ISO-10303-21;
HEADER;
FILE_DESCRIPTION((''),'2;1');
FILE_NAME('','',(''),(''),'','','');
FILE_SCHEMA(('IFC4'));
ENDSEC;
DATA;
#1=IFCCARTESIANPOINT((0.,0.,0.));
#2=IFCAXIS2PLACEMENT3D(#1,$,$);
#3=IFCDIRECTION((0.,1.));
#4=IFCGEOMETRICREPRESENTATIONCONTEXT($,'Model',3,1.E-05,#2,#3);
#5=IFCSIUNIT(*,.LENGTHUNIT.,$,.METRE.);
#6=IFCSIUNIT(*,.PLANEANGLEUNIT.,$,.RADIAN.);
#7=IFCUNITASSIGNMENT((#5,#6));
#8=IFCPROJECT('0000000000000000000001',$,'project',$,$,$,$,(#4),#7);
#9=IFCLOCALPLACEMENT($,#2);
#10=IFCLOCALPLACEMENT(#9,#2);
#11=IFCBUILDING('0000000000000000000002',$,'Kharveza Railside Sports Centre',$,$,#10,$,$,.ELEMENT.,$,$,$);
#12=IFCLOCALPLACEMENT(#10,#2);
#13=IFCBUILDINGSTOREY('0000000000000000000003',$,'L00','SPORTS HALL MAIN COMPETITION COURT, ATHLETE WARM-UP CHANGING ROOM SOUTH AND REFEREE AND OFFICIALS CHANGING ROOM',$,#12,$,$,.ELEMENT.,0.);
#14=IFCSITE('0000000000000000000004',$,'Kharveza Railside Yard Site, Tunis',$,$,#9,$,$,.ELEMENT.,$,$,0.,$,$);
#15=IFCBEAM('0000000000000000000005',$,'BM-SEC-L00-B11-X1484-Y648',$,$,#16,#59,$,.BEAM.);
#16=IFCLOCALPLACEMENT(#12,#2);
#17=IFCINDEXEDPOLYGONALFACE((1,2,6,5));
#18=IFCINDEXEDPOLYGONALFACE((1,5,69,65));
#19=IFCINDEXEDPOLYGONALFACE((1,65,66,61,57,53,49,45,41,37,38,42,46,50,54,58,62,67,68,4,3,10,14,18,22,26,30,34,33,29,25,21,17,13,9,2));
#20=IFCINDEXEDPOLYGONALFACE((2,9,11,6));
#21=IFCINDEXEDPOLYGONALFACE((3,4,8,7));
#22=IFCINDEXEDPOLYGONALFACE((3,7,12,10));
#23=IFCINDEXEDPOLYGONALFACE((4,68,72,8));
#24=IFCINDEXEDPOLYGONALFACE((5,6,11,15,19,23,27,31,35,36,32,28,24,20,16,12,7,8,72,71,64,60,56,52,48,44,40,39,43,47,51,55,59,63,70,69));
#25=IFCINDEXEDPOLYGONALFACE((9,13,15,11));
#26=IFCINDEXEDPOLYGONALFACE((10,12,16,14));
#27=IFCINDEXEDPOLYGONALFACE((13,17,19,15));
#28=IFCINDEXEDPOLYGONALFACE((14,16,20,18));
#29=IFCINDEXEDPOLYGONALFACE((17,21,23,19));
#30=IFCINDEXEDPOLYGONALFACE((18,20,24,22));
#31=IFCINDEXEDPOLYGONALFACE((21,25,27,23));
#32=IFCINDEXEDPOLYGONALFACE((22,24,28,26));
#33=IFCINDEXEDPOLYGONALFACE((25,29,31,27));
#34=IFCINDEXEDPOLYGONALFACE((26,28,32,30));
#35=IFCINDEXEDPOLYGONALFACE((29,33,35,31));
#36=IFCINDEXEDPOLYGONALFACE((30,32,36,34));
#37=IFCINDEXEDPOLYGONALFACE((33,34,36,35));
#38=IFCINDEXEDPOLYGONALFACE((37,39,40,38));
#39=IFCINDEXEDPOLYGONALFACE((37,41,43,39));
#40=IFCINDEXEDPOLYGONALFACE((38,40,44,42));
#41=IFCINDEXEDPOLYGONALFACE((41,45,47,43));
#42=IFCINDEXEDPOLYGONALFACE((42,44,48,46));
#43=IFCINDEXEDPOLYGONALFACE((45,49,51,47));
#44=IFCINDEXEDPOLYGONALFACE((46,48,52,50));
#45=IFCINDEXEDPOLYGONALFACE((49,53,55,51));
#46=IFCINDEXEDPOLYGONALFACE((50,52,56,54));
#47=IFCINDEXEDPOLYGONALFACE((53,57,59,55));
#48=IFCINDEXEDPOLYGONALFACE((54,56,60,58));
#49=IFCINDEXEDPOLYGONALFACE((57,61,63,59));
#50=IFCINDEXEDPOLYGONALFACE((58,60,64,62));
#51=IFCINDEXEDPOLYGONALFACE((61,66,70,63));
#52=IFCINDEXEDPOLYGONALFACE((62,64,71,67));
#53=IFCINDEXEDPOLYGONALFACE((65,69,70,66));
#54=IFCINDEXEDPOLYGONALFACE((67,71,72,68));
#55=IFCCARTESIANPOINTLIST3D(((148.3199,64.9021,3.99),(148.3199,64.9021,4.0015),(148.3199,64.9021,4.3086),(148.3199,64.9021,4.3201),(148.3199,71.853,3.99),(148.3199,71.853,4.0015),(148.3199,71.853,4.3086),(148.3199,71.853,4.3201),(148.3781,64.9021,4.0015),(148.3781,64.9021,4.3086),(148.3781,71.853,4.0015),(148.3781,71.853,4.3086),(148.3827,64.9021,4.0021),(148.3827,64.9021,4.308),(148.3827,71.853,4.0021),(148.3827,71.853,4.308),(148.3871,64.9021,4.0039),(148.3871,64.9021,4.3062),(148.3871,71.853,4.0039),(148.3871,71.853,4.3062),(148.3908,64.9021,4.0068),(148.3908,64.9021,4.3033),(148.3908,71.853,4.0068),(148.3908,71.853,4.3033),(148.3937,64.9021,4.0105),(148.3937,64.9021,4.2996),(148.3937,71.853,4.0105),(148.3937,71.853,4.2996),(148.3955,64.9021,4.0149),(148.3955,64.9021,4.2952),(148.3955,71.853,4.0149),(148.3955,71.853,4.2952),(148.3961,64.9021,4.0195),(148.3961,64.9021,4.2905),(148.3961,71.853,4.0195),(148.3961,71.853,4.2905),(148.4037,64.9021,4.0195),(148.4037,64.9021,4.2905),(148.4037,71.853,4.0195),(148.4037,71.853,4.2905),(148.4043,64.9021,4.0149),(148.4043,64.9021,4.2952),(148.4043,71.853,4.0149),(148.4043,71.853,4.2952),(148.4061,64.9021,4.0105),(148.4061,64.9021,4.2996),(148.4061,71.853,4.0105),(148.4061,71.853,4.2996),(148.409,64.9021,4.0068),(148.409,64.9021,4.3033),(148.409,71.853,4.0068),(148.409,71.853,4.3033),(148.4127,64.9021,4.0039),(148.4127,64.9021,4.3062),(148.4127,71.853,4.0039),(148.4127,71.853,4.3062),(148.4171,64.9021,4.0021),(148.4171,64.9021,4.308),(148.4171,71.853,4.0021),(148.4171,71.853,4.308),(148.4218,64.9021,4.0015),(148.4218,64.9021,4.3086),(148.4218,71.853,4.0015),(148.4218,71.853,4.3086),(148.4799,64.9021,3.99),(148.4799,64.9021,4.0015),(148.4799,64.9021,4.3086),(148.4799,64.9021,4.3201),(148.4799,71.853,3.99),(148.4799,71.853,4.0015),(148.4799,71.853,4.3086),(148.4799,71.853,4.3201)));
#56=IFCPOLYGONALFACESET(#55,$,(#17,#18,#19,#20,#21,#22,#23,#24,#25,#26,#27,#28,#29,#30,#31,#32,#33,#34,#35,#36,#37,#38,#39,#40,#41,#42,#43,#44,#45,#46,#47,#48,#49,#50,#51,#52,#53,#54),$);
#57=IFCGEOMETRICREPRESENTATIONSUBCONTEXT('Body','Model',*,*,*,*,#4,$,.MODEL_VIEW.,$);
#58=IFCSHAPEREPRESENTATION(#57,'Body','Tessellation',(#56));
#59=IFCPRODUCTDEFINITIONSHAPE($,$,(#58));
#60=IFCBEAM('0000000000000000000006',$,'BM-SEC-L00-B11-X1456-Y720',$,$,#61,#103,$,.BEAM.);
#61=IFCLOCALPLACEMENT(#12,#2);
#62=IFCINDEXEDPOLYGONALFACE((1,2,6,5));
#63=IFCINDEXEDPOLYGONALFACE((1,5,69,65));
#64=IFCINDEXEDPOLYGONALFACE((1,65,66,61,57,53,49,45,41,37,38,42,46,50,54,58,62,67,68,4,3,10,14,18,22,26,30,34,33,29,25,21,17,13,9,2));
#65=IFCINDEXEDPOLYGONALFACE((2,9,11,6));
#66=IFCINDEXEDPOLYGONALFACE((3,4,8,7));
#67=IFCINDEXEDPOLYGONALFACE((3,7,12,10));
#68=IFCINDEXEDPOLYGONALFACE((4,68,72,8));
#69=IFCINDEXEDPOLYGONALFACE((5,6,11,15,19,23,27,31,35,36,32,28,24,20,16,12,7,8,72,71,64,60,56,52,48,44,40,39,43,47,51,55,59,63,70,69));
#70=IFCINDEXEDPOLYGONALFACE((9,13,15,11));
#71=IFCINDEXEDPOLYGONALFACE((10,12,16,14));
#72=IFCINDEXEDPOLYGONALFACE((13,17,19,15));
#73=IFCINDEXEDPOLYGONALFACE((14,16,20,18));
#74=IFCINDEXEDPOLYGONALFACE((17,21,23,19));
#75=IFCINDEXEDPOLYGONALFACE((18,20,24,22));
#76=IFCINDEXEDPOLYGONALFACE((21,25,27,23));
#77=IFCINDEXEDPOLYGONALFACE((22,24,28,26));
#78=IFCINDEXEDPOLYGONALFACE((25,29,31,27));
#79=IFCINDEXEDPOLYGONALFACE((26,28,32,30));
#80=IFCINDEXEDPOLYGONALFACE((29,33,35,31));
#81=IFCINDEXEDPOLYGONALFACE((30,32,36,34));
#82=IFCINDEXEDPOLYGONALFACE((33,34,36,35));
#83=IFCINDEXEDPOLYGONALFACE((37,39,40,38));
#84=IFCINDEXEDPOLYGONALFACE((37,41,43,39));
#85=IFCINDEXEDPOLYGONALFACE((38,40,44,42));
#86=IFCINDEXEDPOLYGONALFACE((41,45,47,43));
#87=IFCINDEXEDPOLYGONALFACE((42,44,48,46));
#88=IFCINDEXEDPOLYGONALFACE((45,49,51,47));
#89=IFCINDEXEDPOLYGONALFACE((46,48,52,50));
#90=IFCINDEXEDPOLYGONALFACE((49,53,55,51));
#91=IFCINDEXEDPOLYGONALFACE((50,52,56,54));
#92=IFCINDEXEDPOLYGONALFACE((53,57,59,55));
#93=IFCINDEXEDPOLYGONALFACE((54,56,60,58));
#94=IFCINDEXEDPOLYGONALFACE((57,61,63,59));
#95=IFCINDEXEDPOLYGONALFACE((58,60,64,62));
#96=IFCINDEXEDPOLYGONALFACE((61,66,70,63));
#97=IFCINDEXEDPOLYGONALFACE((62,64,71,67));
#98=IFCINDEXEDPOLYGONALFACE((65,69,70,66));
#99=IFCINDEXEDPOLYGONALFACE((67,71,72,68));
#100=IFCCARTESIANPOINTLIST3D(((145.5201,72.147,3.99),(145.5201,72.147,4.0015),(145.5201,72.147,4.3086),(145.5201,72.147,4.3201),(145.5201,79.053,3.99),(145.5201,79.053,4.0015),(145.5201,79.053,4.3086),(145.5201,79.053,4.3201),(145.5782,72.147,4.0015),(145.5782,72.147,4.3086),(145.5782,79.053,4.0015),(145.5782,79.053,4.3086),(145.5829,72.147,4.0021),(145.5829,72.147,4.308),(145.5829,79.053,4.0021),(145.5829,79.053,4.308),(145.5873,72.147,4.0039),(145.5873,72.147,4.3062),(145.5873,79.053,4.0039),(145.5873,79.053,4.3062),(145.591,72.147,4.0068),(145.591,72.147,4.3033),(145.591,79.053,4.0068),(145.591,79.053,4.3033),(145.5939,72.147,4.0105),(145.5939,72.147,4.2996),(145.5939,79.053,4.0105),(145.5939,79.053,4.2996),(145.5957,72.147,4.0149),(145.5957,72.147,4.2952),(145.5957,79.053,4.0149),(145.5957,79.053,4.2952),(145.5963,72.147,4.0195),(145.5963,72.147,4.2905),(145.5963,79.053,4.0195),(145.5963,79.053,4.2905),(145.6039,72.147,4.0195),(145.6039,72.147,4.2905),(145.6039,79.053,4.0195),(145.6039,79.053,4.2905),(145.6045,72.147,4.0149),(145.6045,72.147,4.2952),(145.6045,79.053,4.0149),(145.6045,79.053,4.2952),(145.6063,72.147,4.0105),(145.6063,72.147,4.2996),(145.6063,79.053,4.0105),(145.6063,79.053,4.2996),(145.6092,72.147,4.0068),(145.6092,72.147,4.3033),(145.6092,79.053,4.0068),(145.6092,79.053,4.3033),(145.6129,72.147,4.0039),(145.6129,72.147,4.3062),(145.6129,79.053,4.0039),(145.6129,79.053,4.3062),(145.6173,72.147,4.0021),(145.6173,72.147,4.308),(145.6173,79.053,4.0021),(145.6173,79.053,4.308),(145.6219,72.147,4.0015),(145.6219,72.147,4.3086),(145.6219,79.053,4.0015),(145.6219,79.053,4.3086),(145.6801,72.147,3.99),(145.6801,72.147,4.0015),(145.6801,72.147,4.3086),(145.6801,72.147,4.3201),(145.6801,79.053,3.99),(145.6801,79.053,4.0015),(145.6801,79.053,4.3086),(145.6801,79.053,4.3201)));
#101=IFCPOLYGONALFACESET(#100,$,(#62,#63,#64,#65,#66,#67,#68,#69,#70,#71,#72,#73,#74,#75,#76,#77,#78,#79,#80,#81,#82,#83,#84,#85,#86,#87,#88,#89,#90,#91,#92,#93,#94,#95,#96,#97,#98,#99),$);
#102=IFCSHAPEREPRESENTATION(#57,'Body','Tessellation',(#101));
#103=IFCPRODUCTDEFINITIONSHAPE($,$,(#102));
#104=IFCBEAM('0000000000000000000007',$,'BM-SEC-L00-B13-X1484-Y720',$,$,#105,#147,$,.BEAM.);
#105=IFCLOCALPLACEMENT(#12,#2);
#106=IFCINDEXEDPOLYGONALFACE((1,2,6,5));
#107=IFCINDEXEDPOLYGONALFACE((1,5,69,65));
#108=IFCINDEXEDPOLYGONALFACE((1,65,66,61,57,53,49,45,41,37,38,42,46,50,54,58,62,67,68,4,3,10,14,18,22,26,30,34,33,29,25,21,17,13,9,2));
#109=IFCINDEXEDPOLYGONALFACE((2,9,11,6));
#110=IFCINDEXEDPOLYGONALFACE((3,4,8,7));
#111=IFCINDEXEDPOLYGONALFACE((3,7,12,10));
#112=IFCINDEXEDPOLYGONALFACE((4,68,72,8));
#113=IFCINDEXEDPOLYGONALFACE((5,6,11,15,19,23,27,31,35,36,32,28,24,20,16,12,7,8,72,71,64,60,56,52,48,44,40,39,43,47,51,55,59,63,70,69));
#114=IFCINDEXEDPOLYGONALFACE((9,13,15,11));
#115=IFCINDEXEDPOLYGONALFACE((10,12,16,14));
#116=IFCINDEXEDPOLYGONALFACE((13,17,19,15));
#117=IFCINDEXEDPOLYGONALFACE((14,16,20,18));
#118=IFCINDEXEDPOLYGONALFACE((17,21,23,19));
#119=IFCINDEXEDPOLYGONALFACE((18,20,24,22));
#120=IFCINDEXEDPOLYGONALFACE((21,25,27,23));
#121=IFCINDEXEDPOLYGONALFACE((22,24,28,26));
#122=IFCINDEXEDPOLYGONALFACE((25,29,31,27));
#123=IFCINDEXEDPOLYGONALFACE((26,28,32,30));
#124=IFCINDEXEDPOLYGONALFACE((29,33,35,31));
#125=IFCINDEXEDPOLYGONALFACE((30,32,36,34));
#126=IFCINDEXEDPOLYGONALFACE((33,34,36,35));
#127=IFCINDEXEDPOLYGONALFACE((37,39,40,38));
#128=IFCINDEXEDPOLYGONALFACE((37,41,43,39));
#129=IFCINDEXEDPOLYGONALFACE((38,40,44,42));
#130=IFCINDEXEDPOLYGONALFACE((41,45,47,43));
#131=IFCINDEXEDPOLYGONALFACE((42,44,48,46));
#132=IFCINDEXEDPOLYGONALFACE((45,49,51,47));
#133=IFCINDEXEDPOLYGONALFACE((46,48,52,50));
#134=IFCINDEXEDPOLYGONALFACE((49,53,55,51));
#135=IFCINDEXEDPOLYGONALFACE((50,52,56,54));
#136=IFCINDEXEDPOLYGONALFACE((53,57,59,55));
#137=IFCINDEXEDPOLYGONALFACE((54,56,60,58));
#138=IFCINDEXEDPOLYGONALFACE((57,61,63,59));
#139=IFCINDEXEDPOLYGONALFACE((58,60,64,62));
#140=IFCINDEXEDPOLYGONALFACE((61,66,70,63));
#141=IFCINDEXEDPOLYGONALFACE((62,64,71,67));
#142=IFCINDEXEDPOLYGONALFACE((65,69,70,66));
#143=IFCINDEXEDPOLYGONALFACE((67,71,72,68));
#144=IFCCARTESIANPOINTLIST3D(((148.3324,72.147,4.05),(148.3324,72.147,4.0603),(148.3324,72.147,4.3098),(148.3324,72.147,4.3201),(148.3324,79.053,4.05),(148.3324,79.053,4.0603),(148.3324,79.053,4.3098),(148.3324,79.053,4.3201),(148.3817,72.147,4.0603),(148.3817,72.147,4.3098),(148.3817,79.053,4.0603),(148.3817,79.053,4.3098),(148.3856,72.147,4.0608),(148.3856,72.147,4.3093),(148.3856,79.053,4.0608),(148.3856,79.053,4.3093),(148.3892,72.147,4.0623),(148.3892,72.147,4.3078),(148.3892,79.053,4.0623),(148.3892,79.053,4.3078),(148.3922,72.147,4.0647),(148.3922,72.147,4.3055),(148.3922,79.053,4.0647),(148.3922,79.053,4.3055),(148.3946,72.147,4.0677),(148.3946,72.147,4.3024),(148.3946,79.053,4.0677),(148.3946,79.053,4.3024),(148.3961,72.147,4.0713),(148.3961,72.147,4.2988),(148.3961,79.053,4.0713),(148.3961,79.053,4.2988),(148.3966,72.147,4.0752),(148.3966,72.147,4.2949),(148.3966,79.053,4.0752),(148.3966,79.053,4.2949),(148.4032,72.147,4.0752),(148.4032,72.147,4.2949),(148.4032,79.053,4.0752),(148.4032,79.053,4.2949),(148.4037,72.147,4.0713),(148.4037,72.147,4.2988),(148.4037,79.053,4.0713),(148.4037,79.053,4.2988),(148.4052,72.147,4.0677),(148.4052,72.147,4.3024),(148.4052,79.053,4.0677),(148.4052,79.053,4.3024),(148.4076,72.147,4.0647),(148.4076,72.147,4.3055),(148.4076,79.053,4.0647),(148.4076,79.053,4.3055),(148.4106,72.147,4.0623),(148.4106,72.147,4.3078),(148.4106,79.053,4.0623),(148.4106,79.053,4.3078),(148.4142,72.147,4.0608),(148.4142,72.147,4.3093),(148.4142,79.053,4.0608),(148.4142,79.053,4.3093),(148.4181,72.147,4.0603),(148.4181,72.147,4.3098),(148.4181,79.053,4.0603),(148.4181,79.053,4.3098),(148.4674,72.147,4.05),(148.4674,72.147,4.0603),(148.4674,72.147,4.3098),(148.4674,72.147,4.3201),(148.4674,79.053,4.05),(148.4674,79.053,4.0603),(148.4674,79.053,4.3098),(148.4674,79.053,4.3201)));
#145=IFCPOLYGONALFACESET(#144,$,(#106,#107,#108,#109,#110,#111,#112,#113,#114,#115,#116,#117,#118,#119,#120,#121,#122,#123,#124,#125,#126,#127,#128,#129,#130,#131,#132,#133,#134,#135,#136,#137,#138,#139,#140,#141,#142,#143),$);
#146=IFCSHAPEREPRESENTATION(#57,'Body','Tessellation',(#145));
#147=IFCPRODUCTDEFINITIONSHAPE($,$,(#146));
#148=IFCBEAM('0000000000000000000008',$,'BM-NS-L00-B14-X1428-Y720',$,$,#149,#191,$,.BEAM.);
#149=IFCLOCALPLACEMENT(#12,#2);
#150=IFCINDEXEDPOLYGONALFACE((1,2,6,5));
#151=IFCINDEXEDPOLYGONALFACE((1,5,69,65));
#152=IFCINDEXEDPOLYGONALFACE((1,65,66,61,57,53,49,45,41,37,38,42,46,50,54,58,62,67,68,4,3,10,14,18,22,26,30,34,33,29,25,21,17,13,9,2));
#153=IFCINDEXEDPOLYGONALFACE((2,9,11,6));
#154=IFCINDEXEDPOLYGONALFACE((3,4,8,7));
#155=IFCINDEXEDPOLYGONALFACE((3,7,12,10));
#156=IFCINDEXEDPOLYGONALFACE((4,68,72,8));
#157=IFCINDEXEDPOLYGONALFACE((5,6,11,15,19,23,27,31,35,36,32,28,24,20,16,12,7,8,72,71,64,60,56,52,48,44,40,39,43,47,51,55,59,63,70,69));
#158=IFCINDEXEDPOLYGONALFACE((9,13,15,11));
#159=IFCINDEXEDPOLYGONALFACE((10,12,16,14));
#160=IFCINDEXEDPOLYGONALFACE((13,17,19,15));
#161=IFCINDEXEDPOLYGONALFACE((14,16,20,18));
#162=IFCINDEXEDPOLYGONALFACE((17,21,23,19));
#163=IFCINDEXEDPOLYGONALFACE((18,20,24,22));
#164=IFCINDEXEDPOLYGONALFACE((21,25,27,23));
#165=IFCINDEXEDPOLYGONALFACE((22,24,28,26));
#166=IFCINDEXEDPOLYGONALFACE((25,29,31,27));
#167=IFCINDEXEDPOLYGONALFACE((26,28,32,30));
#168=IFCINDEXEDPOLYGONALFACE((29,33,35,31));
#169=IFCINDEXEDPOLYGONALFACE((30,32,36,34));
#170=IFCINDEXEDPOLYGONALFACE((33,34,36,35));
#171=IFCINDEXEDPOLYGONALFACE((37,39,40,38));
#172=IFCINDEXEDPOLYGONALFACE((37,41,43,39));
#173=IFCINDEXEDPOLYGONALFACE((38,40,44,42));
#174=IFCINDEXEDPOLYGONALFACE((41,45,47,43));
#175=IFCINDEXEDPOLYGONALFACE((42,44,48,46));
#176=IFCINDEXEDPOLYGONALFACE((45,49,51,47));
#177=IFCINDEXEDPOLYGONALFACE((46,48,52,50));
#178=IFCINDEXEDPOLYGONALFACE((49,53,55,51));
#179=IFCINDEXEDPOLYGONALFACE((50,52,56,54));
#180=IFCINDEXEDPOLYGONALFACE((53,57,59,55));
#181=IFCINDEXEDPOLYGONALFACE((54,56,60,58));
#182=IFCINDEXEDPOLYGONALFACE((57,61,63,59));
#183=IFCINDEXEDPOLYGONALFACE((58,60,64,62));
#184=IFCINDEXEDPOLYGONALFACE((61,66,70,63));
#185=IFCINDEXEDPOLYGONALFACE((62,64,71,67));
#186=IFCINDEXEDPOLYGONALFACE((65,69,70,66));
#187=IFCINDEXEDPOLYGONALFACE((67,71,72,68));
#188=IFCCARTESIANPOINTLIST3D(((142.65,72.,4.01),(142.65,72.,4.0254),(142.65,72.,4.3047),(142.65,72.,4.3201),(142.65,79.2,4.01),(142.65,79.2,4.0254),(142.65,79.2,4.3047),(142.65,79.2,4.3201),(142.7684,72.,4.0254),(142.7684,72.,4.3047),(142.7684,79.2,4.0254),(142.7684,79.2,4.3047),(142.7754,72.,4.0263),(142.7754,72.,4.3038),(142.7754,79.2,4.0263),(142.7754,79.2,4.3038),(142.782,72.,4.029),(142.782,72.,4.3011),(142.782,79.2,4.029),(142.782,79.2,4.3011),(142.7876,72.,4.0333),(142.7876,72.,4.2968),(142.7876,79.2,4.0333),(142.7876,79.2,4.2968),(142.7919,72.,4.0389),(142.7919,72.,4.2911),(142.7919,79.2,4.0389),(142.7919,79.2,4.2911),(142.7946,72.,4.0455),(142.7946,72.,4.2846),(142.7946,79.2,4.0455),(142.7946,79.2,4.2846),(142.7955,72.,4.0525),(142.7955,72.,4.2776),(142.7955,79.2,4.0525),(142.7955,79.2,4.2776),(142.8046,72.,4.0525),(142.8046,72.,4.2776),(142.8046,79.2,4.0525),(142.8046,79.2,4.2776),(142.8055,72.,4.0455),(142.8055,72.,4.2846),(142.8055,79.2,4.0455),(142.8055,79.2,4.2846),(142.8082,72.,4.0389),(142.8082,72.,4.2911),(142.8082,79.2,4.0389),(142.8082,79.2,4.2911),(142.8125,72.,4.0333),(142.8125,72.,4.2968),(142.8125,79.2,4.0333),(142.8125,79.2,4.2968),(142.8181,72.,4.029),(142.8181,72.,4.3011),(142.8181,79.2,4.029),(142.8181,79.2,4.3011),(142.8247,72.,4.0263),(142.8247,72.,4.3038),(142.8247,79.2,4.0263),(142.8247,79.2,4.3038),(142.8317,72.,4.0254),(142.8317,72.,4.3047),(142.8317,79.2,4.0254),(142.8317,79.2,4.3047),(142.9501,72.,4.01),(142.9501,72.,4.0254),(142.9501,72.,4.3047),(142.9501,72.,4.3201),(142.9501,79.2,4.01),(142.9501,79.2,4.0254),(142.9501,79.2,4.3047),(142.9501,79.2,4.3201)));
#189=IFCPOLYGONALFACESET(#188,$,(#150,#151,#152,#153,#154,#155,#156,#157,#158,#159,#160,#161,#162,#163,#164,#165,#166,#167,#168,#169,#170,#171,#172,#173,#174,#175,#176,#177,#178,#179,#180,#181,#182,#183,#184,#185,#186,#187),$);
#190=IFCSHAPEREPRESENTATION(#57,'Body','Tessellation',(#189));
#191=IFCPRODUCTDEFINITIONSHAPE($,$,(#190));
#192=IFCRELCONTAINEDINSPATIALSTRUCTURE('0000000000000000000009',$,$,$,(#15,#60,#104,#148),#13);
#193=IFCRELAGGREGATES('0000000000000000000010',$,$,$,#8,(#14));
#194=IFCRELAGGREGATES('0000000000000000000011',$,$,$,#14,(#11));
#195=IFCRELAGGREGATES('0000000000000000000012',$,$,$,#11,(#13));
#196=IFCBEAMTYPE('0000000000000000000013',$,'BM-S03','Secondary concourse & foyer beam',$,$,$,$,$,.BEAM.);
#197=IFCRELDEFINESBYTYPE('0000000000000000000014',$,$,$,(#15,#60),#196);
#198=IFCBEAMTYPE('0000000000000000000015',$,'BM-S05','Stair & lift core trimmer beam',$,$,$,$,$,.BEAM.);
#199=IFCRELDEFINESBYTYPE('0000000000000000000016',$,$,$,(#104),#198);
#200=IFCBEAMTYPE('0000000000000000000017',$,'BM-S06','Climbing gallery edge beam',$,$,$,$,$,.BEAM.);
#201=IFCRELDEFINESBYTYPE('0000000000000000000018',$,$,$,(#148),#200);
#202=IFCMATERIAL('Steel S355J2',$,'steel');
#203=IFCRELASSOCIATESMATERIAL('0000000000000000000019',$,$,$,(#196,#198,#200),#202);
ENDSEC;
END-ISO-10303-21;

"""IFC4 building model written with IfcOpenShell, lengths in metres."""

from ifc_helpers import new_model, si_unit, direction, frame, origin, origin_2d, place, context, subcontext, project, spatial, i_section, extrude, material, material_profile, profile_set, type_object, element, save


model = new_model("IFC4")

# Units and contexts
model_context = context("Model", 3, precision=1e-05, world=origin(), true_north=direction((0.0, 1.0)))
body_context = subcontext(model_context, "Body", "Model", "MODEL_VIEW")
ifc_project = project(units=[si_unit("LENGTHUNIT", "METRE"), si_unit("PLANEANGLEUNIT", "RADIAN")], contexts=[model_context])

# Site, building, storey
site_placement = place(None, origin())
site = spatial("IfcSite", under=ifc_project, at=site_placement, Name="Kharveza Railside Yard Site, Tunis", CompositionType="ELEMENT", RefElevation=0.0)
building_placement = place(site_placement, origin())
building = spatial("IfcBuilding", under=site, at=building_placement, Name="Kharveza Railside Sports Centre", CompositionType="ELEMENT")
storey_placement = place(building_placement, origin())
storey = spatial("IfcBuildingStorey", under=building, at=storey_placement, Name="L00", Description="SPORTS HALL MAIN COMPETITION COURT, ATHLETE WARM-UP CHANGING ROOM SOUTH AND REFEREE AND OFFICIALS CHANGING ROOM", CompositionType="ELEMENT", Elevation=0.0)

# Shared definitions
ifc_material_1 = material(Name="Steel S355J2", Category="steel")

# Beams
ifc_material_profile_1 = material_profile(ifc_material_1, i_section(OverallWidth=0.1599, OverallDepth=0.3301, WebThickness=0.0076, FlangeThickness=0.0115, FilletRadius=0.0181, at=origin_2d()), Name="IPE 330")
ifc_profile_set_1 = profile_set([ifc_material_profile_1], Name="Steel S355J2")
beam_type_1 = type_object("IfcBeamType", Name="BM-S03", Description="Secondary concourse & foyer beam", PredefinedType="BEAM", material=ifc_profile_set_1)
beam_1_placement = place(storey_placement, frame((148.3999, 64.9021, 4.155), z_axis=(0.0, 1.0, 0.0), x_axis=(-1.0, 0.0, 0.0)))
element("IfcBeam", 1, at=beam_1_placement, inside=storey, type_object=beam_type_1, Name="BM-SEC-L00-B11-X1484-Y648", PredefinedType="BEAM", context=body_context, shape_type="SweptSolid", body=[
    extrude(i_section(OverallWidth=0.1599, OverallDepth=0.3301, WebThickness=0.0076, FlangeThickness=0.0115, FilletRadius=0.0181, at=origin_2d()), origin(), (0.0, 0.0, 1.0), 6.9509),
])
beam_2_placement = place(storey_placement, frame((145.6001, 72.147, 4.155), z_axis=(0.0, 1.0, 0.0), x_axis=(-1.0, 0.0, 0.0)))
element("IfcBeam", 2, at=beam_2_placement, inside=storey, type_object=beam_type_1, Name="BM-SEC-L00-B11-X1456-Y720", PredefinedType="BEAM", context=body_context, shape_type="SweptSolid", body=[
    extrude(i_section(OverallWidth=0.1599, OverallDepth=0.3301, WebThickness=0.0076, FlangeThickness=0.0115, FilletRadius=0.0181, at=origin_2d()), origin(), (0.0, 0.0, 1.0), 6.906),
])
ifc_material_profile_2 = material_profile(ifc_material_1, i_section(OverallWidth=0.135, OverallDepth=0.27, WebThickness=0.0066, FlangeThickness=0.0103, FilletRadius=0.0149, at=origin_2d()), Name="IPE 270")
ifc_profile_set_2 = profile_set([ifc_material_profile_2], Name="Steel S355J2")
beam_type_2 = type_object("IfcBeamType", Name="BM-S05", Description="Stair & lift core trimmer beam", PredefinedType="BEAM", material=ifc_profile_set_2)
beam_3_placement = place(storey_placement, frame((148.3999, 72.147, 4.1851), z_axis=(0.0, 1.0, 0.0), x_axis=(-1.0, 0.0, 0.0)))
element("IfcBeam", 3, at=beam_3_placement, inside=storey, type_object=beam_type_2, Name="BM-SEC-L00-B13-X1484-Y720", PredefinedType="BEAM", context=body_context, shape_type="SweptSolid", body=[
    extrude(i_section(OverallWidth=0.135, OverallDepth=0.27, WebThickness=0.0066, FlangeThickness=0.0103, FilletRadius=0.0149, at=origin_2d()), origin(), (0.0, 0.0, 1.0), 6.906),
])
ifc_material_profile_3 = material_profile(ifc_material_1, i_section(OverallWidth=0.3, OverallDepth=0.3101, WebThickness=0.009, FlangeThickness=0.0154, FilletRadius=0.0271, at=origin_2d()), Name="HEA 320")
ifc_profile_set_3 = profile_set([ifc_material_profile_3], Name="Steel S355J2")
beam_type_3 = type_object("IfcBeamType", Name="BM-S06", Description="Climbing gallery edge beam", PredefinedType="BEAM", material=ifc_profile_set_3)
beam_4_placement = place(storey_placement, frame((142.8, 72.0, 4.165), z_axis=(0.0, 1.0, 0.0), x_axis=(-1.0, 0.0, 0.0)))
element("IfcBeam", 4, at=beam_4_placement, inside=storey, type_object=beam_type_3, Name="BM-NS-L00-B14-X1428-Y720", PredefinedType="BEAM", context=body_context, shape_type="SweptSolid", body=[
    extrude(i_section(OverallWidth=0.3, OverallDepth=0.3101, WebThickness=0.009, FlangeThickness=0.0154, FilletRadius=0.0271, at=origin_2d()), origin(), (0.0, 0.0, 1.0), 7.2),
])

save(model, "model.ifc")
